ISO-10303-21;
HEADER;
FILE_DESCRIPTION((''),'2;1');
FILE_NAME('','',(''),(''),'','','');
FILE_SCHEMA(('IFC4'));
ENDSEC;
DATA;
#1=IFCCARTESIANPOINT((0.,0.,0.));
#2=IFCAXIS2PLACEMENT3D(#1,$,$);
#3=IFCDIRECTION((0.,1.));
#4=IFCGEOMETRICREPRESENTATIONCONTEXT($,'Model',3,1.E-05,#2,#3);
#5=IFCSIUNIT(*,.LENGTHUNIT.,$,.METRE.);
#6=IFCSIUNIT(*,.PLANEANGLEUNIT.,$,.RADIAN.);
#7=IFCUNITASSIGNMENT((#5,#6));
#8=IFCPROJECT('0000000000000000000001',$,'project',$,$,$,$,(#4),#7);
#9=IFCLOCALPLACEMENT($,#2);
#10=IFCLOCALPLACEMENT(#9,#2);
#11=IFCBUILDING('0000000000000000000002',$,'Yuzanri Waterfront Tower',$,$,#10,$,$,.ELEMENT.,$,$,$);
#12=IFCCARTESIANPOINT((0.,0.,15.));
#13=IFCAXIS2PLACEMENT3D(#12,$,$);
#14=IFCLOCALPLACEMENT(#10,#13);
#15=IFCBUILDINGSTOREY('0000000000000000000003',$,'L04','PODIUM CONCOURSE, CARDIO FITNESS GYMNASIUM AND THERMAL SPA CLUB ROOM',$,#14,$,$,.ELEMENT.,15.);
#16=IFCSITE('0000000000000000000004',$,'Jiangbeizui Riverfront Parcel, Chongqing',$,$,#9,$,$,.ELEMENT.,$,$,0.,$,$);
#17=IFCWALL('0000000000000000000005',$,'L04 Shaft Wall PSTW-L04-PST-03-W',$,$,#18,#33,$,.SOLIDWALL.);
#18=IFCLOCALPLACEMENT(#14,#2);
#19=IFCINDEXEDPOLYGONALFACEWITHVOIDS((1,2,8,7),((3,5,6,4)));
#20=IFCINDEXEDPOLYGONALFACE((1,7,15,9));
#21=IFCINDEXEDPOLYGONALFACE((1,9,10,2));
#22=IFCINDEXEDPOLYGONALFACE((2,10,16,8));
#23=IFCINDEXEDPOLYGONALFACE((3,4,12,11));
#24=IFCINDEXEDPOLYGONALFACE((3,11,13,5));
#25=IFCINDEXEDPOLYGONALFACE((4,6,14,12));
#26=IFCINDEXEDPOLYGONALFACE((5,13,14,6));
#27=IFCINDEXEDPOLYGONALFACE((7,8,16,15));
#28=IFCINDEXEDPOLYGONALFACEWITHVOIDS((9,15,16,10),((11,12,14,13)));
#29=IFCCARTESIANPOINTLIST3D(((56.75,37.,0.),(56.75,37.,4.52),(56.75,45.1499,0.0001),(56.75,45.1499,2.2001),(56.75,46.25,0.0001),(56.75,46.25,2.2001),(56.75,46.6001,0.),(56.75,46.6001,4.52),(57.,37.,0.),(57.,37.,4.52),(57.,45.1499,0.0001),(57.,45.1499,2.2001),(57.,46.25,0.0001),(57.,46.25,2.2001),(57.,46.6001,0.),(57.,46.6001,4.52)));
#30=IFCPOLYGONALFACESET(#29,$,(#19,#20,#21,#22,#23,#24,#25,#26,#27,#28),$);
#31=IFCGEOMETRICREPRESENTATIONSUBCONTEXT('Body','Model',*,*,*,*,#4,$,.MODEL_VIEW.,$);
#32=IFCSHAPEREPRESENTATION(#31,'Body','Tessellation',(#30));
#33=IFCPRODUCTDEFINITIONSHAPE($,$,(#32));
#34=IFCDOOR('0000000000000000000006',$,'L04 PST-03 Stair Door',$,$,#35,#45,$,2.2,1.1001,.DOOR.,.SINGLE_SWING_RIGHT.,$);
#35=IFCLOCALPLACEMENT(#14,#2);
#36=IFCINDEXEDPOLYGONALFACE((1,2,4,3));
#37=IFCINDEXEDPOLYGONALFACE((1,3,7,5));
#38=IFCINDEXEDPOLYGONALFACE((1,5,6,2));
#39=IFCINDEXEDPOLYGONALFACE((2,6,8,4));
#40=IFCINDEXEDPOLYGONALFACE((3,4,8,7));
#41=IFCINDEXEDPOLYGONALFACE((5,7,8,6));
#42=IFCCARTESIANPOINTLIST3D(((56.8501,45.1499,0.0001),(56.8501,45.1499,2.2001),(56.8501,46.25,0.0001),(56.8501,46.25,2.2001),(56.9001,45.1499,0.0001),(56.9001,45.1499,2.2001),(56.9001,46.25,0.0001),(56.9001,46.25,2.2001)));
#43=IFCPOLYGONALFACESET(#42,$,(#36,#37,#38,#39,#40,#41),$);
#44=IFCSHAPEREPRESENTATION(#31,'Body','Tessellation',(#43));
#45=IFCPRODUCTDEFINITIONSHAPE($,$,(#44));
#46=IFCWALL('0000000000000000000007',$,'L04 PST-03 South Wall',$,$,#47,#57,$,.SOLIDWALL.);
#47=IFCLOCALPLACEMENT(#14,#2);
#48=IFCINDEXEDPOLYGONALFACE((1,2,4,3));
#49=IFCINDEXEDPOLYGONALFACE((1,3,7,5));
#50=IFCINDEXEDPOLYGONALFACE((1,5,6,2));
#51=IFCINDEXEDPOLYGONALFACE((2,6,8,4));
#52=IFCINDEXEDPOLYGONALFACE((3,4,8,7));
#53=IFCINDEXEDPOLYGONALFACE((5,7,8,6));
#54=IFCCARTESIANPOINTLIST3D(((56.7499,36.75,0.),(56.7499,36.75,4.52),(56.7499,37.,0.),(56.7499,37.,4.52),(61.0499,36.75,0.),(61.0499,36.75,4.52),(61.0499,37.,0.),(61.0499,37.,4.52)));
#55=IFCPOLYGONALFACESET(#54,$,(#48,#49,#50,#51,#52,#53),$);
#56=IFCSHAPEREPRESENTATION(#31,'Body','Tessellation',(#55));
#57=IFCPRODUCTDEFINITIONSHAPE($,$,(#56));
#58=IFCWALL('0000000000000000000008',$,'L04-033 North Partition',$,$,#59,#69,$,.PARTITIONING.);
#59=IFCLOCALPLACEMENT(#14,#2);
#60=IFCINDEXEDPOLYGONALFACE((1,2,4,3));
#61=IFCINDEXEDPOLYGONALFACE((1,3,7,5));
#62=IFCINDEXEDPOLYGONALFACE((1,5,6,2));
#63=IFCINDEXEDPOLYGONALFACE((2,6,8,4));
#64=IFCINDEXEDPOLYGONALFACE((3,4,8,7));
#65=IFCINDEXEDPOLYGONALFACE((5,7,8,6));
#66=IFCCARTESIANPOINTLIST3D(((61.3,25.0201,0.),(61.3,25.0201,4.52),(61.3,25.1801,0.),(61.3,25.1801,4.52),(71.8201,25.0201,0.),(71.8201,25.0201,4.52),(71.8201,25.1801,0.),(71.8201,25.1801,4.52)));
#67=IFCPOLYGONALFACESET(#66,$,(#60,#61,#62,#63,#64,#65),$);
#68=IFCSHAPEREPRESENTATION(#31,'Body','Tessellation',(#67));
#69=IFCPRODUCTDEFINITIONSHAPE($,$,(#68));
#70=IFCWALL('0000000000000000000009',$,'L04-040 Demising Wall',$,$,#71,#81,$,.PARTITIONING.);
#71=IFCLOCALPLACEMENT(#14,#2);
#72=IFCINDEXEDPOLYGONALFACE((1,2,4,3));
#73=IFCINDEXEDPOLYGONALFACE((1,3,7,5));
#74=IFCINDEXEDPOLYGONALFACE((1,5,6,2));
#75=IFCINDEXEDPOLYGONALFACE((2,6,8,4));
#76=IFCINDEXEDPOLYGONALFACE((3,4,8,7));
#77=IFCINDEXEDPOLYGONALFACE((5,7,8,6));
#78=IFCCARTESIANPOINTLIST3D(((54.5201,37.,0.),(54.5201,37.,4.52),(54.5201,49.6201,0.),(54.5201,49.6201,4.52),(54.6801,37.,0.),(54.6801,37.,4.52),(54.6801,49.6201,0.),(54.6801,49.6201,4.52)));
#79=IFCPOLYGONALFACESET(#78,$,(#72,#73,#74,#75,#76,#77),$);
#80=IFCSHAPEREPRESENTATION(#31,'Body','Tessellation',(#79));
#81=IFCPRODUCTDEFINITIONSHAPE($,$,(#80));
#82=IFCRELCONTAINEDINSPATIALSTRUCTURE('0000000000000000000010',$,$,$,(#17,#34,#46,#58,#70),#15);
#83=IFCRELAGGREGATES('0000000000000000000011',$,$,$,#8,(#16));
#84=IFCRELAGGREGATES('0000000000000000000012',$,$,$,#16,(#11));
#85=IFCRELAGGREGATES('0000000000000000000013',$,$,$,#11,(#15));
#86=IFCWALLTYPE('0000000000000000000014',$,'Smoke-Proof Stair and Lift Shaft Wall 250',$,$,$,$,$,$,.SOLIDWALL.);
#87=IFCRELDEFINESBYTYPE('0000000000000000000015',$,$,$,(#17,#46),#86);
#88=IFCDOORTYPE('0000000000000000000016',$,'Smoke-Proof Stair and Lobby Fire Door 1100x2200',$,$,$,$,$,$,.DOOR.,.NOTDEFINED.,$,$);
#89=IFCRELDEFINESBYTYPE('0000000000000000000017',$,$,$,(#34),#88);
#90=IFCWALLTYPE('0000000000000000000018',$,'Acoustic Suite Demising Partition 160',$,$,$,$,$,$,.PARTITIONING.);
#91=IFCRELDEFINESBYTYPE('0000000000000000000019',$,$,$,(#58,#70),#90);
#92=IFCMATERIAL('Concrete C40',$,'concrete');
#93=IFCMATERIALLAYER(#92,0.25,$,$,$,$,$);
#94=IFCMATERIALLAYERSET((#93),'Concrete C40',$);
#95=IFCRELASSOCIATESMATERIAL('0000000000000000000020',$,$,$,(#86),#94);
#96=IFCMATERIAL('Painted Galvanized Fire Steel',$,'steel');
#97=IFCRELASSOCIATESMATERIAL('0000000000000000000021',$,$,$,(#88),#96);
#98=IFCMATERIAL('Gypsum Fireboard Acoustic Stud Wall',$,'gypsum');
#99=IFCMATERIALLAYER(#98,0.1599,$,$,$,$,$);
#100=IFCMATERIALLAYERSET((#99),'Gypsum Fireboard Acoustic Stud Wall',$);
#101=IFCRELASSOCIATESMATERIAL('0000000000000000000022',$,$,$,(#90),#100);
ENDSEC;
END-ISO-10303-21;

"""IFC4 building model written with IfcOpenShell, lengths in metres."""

from ifc_helpers import new_model, si_unit, direction, frame, frame_2d, origin, place, context, subcontext, project, spatial, rectangle, extrude, source, transform, mapped, material, layer, layer_set, type_object, element, fill, save


model = new_model("IFC4")

# Units and contexts
model_context = context("Model", 3, precision=1e-05, world=origin(), true_north=direction((0.0, 1.0)))
body_context = subcontext(model_context, "Body", "Model", "MODEL_VIEW")
ifc_project = project(units=[si_unit("LENGTHUNIT", "METRE"), si_unit("PLANEANGLEUNIT", "RADIAN")], contexts=[model_context])

# Site, building, storey
site_placement = place(None, origin())
site = spatial("IfcSite", under=ifc_project, at=site_placement, Name="Jiangbeizui Riverfront Parcel, Chongqing", CompositionType="ELEMENT", RefElevation=0.0)
building_placement = place(site_placement, origin())
building = spatial("IfcBuilding", under=site, at=building_placement, Name="Yuzanri Waterfront Tower", CompositionType="ELEMENT")
storey_placement = place(building_placement, frame((0.0, 0.0, 15.0)))
storey = spatial("IfcBuildingStorey", under=building, at=storey_placement, Name="L04", Description="PODIUM CONCOURSE, CARDIO FITNESS GYMNASIUM AND THERMAL SPA CLUB ROOM", CompositionType="ELEMENT", Elevation=15.0)

# Wall, opening, door
ifc_material_1 = material(Name="Concrete C40", Category="concrete")
ifc_layer_1 = layer(ifc_material_1, 0.25)
ifc_layer_set_1 = layer_set([ifc_layer_1], Name="Concrete C40")
wall_type_1 = type_object("IfcWallType", Name="Smoke-Proof Stair and Lift Shaft Wall 250", PredefinedType="SOLIDWALL", material=ifc_layer_set_1)
wall_1_placement = place(storey_placement, frame((56.875, 37.0, 0.0), z_axis=(0.0, 0.0, 1.0), x_axis=(0.0, 1.0, 0.0)))
wall_1 = element("IfcWall", 1, at=wall_1_placement, inside=storey, type_object=wall_type_1, Name="L04 Shaft Wall PSTW-L04-PST-03-W", PredefinedType="SOLIDWALL", context=body_context, shape_type="SweptSolid", body=[
    extrude(rectangle(XDim=9.6001, YDim=0.25, at=frame_2d((4.8, 0.0))), origin(), (0.0, 0.0, 1.0), 4.52),
])
opening_1_placement = place(wall_1_placement, frame((8.1499, 0.0, 0.0)))
opening_1 = element("IfcOpeningElement", 2, at=opening_1_placement, cuts=wall_1, PredefinedType="OPENING", context=body_context, shape_type="SweptSolid", body=[
    extrude(rectangle(XDim=1.1001, YDim=2.2, at=frame_2d((0.55, 1.1001))), frame((0.0, 0.1399, 0.0), z_axis=(0.0, -1.0, 0.0), x_axis=(1.0, 0.0, 0.0)), (0.0, 0.0, 1.0), 0.2798),
])
ifc_material_2 = material(Name="Painted Galvanized Fire Steel", Category="steel")
door_type_1 = type_object("IfcDoorType", Name="Smoke-Proof Stair and Lobby Fire Door 1100x2200", OperationType="NOTDEFINED", PredefinedType="DOOR", material=ifc_material_2)
shared_shape_1 = source(origin(), body_context, "Body", "SweptSolid", [
    extrude(rectangle(XDim=1.1001, YDim=2.2, at=frame_2d((0.55, 1.1001))), frame((0.0, 0.0249, 0.0), z_axis=(0.0, -1.0, 0.0), x_axis=(1.0, 0.0, 0.0)), (0.0, 0.0, 1.0), 0.05),
])
door_1_placement = place(opening_1_placement, origin())
door_1 = element("IfcDoor", 3, at=door_1_placement, inside=storey, type_object=door_type_1, Name="L04 PST-03 Stair Door", OperationType="SINGLE_SWING_RIGHT", OverallHeight=2.2, OverallWidth=1.1001, PredefinedType="DOOR", context=body_context, shape_type="MappedRepresentation", body=[
    mapped(shared_shape_1, transform((0.0, 0.0, 0.0), scale=1.0)),
])
fill(opening_1, door_1)

# Walls
shared_shape_2 = source(origin(), body_context, "Body", "SweptSolid", [
    extrude(rectangle(XDim=4.3, YDim=0.25, at=frame_2d((2.1499, 0.0))), origin(), (0.0, 0.0, 1.0), 4.52),
])
wall_2_placement = place(storey_placement, frame((56.75, 36.875, 0.0), z_axis=(0.0, 0.0, 1.0), x_axis=(1.0, 0.0, 0.0)))
element("IfcWall", 4, at=wall_2_placement, inside=storey, type_object=wall_type_1, Name="L04 PST-03 South Wall", PredefinedType="SOLIDWALL", context=body_context, shape_type="MappedRepresentation", body=[
    mapped(shared_shape_2, transform((0.0, 0.0, 0.0), scale=1.0)),
])
ifc_material_3 = material(Name="Gypsum Fireboard Acoustic Stud Wall", Category="gypsum")
ifc_layer_2 = layer(ifc_material_3, 0.1599)
ifc_layer_set_2 = layer_set([ifc_layer_2], Name="Gypsum Fireboard Acoustic Stud Wall")
wall_type_2 = type_object("IfcWallType", Name="Acoustic Suite Demising Partition 160", PredefinedType="PARTITIONING", material=ifc_layer_set_2)
shared_shape_3 = source(origin(), body_context, "Body", "SweptSolid", [
    extrude(rectangle(XDim=10.52, YDim=0.1599, at=frame_2d((5.26, 0.0))), origin(), (0.0, 0.0, 1.0), 4.52),
])
wall_3_placement = place(storey_placement, frame((61.3, 25.1001, 0.0), z_axis=(0.0, 0.0, 1.0), x_axis=(1.0, 0.0, 0.0)))
element("IfcWall", 5, at=wall_3_placement, inside=storey, type_object=wall_type_2, Name="L04-033 North Partition", PredefinedType="PARTITIONING", context=body_context, shape_type="MappedRepresentation", body=[
    mapped(shared_shape_3, transform((0.0, 0.0, 0.0), scale=1.0)),
])
shared_shape_4 = source(origin(), body_context, "Body", "SweptSolid", [
    extrude(rectangle(XDim=12.6201, YDim=0.1599, at=frame_2d((6.3101, 0.0))), origin(), (0.0, 0.0, 1.0), 4.52),
])
wall_4_placement = place(storey_placement, frame((54.6001, 37.0, 0.0), z_axis=(0.0, 0.0, 1.0), x_axis=(0.0, 1.0, 0.0)))
element("IfcWall", 6, at=wall_4_placement, inside=storey, type_object=wall_type_2, Name="L04-040 Demising Wall", PredefinedType="PARTITIONING", context=body_context, shape_type="MappedRepresentation", body=[
    mapped(shared_shape_4, transform((0.0, 0.0, 0.0), scale=1.0)),
])

save(model, "model.ifc")
